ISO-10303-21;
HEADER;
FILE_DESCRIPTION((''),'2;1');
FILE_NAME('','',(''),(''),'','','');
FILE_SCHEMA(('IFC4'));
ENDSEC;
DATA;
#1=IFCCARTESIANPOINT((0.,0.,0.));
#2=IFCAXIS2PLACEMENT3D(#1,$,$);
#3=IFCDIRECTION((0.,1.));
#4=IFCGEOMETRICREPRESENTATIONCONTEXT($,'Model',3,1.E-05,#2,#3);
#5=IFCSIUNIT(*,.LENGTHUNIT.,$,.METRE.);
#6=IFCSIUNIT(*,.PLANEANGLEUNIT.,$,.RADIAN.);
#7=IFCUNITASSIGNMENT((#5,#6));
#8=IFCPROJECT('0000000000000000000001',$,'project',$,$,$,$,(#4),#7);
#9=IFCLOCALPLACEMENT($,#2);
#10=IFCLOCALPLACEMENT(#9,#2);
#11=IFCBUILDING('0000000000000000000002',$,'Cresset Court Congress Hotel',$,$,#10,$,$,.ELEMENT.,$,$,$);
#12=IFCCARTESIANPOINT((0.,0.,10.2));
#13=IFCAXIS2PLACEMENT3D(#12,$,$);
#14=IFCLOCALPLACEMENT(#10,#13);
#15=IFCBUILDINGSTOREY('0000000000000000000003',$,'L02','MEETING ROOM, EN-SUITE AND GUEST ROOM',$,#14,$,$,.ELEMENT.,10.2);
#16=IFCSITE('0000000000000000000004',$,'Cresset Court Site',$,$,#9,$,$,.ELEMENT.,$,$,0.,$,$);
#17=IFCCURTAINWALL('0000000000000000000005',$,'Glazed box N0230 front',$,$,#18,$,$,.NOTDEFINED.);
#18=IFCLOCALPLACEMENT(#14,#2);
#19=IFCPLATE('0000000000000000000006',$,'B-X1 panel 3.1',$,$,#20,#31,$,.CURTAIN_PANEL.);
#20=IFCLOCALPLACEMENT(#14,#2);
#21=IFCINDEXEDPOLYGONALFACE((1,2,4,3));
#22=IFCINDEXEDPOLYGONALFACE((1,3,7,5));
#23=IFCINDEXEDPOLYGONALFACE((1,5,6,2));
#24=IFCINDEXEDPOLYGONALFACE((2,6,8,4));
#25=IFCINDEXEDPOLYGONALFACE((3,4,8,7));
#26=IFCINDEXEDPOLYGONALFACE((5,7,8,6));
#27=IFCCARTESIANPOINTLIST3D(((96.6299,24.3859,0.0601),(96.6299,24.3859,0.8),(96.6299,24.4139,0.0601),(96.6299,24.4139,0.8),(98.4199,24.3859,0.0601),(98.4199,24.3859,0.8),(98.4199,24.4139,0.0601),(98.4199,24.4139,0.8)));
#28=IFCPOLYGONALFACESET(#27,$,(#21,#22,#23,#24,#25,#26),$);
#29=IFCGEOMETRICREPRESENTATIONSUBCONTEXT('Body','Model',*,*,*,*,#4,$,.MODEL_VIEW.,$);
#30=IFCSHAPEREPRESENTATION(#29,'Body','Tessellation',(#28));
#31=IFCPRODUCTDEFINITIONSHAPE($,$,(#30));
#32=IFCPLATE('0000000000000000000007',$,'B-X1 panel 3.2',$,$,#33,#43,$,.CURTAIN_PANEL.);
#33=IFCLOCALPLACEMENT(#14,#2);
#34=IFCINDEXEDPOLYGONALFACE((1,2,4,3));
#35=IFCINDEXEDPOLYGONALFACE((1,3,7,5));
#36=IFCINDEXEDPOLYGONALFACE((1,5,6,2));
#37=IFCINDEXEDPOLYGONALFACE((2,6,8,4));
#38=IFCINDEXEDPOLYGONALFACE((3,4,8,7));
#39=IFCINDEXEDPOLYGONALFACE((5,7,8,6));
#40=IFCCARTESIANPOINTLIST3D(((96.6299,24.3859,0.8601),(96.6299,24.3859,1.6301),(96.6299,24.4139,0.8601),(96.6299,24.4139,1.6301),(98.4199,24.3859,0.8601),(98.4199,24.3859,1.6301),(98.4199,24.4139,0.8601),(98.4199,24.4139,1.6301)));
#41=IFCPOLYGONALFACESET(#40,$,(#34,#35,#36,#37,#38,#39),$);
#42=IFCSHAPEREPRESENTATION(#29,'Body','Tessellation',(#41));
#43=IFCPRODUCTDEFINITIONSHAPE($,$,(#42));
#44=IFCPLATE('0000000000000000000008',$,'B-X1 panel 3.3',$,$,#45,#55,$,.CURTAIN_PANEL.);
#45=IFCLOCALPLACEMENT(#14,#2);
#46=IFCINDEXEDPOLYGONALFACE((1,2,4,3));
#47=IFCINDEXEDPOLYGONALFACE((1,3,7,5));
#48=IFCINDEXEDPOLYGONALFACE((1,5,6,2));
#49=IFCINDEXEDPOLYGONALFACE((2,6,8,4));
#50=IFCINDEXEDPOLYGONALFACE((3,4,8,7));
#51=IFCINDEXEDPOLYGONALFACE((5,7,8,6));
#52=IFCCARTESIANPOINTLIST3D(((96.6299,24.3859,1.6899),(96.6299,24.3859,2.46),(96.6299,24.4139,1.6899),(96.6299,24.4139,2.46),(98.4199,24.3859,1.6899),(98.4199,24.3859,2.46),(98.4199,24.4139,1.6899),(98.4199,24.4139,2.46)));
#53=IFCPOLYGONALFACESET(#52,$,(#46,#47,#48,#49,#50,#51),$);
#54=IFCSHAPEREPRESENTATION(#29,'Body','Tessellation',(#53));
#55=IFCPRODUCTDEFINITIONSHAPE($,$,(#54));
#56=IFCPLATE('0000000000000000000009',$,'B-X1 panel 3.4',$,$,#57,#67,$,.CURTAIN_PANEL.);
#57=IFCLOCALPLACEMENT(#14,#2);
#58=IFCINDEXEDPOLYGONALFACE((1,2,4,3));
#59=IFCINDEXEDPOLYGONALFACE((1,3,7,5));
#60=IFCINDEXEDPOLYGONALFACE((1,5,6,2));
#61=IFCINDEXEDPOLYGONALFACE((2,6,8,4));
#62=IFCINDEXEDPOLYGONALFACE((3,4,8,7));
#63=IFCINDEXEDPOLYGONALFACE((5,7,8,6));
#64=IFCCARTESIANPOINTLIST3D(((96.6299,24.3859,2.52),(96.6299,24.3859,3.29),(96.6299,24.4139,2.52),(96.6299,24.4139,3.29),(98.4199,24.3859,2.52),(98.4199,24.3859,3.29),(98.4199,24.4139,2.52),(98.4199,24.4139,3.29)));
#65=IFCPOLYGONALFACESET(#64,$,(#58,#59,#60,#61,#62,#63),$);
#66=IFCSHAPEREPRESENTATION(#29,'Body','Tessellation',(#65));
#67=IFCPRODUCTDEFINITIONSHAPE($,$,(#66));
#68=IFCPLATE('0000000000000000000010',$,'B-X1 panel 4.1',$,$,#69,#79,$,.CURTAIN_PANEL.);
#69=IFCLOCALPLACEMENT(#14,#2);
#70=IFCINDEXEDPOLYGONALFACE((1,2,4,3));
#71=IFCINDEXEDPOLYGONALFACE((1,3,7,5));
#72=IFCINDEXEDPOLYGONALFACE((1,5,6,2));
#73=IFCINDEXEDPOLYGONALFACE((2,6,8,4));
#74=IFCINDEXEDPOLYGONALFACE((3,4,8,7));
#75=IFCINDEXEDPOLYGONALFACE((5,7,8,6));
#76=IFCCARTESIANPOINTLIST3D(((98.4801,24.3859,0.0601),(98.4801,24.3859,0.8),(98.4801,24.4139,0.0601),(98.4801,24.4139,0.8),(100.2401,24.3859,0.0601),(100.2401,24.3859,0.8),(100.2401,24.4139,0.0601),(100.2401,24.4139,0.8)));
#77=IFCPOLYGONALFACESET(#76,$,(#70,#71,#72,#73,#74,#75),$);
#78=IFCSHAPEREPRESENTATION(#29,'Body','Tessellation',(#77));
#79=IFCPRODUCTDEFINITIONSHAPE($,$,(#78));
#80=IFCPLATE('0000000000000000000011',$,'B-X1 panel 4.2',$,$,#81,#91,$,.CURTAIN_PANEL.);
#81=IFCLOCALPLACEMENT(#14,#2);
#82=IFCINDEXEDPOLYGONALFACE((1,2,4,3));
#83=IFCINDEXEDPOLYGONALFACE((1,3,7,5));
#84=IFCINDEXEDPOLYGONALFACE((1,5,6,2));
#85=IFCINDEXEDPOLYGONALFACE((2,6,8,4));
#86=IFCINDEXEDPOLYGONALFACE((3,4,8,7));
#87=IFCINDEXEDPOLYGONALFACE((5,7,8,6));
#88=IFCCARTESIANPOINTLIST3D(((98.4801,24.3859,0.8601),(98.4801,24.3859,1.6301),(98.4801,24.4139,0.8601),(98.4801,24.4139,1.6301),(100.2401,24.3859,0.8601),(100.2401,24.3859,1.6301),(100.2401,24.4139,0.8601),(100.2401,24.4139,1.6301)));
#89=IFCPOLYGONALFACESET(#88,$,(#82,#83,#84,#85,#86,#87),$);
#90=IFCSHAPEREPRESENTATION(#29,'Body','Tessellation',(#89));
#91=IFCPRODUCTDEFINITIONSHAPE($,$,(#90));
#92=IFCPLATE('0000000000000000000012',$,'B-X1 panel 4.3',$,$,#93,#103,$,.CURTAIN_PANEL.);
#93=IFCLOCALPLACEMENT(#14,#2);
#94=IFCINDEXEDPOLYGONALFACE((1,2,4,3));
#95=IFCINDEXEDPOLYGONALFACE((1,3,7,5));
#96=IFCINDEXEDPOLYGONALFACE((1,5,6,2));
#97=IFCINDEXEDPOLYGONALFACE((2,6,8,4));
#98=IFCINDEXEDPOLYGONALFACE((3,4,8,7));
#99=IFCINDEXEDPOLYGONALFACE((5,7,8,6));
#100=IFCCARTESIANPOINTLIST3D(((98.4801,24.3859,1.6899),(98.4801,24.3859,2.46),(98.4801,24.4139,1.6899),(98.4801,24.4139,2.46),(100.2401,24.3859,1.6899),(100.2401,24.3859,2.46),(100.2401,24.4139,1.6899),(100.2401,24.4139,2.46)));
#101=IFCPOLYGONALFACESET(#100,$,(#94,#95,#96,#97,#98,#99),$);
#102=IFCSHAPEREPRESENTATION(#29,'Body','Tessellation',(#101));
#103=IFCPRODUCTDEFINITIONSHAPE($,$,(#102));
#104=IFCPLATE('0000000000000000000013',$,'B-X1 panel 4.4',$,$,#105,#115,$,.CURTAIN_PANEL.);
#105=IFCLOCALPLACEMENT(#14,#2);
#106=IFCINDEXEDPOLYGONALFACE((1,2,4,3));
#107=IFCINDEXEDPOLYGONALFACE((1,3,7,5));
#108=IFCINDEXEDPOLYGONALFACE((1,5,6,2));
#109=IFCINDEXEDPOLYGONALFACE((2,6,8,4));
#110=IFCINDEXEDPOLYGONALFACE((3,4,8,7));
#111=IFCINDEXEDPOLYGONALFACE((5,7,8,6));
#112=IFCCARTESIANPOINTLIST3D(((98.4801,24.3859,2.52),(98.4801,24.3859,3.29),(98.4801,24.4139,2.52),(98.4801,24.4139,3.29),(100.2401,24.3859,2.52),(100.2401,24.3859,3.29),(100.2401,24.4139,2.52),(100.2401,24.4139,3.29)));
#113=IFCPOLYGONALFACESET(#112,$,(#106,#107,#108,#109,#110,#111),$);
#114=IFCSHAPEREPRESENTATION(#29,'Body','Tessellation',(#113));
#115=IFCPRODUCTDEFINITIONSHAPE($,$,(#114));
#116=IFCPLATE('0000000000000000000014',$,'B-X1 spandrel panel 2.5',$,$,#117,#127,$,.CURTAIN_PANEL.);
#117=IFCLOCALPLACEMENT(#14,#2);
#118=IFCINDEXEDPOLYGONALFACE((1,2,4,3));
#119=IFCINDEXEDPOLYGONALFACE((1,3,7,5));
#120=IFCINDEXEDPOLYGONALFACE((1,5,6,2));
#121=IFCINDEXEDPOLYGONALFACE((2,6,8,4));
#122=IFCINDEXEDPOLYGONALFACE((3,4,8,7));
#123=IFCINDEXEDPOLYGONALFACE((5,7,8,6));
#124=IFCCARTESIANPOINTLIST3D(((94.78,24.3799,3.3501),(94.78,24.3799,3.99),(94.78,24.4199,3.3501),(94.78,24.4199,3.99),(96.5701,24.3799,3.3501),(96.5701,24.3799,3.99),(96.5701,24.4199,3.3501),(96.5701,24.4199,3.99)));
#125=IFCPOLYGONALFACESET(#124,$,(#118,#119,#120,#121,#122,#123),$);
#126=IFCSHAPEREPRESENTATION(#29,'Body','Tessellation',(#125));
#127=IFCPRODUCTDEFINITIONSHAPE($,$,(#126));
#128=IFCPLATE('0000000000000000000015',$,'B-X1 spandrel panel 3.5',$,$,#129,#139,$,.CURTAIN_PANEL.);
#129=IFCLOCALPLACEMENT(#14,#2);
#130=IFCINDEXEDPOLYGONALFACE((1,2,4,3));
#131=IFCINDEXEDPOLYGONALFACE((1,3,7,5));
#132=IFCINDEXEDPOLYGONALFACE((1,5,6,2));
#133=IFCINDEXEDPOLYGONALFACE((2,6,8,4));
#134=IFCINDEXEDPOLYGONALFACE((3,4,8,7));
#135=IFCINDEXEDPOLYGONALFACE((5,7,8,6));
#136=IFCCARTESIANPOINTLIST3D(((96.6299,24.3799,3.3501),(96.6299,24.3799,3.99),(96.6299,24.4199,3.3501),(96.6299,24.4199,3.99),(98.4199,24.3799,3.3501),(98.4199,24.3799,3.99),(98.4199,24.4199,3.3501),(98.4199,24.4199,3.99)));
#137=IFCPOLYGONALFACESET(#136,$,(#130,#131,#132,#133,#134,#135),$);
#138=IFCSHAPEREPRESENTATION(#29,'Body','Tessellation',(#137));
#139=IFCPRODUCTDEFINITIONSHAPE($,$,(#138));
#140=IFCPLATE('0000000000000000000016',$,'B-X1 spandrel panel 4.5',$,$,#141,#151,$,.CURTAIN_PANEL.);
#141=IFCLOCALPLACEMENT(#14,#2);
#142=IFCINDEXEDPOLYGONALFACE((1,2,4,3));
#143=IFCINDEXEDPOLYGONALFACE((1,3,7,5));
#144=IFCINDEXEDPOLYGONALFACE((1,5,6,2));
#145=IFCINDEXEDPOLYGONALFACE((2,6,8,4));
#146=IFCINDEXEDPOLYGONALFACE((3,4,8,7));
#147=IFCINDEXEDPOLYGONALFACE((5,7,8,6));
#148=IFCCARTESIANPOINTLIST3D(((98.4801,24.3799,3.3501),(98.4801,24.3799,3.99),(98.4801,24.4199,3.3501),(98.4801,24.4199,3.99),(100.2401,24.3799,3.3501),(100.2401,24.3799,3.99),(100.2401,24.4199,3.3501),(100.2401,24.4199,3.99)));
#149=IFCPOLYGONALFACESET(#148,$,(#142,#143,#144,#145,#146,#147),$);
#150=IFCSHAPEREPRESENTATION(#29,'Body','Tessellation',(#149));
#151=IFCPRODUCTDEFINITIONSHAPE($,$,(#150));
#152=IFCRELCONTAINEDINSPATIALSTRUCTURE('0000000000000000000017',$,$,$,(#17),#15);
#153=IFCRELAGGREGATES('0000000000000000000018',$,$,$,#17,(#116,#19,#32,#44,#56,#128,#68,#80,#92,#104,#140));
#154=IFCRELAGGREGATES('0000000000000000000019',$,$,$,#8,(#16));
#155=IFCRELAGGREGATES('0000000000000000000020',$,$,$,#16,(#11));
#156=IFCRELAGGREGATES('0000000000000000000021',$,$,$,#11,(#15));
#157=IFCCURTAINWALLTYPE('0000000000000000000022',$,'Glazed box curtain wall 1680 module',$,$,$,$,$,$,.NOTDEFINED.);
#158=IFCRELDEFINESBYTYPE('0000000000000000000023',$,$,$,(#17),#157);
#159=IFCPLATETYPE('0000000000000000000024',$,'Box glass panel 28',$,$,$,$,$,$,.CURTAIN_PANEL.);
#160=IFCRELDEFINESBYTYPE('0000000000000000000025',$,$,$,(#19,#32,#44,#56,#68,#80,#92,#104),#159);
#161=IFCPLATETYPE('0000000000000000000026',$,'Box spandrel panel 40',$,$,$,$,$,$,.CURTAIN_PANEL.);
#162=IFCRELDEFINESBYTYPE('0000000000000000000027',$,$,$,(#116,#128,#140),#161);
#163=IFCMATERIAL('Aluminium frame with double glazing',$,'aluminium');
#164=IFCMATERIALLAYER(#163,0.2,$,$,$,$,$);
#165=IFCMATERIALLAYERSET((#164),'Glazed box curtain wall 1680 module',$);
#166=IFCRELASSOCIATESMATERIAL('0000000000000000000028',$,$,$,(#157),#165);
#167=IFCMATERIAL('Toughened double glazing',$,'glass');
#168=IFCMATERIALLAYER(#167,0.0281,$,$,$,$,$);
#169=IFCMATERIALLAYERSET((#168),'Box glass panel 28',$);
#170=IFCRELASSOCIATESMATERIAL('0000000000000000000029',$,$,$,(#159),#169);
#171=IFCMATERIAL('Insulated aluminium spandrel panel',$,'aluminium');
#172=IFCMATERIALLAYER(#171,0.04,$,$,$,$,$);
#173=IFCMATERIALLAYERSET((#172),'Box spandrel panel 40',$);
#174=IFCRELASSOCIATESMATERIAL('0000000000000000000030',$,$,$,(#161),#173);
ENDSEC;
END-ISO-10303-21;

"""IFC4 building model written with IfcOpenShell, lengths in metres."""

from ifc_helpers import new_model, si_unit, direction, frame, origin, origin_2d, place, context, subcontext, project, spatial, rectangle, extrude, material, layer, layer_set, type_object, element, aggregate, save


model = new_model("IFC4")

# Units and contexts
model_context = context("Model", 3, precision=1e-05, world=origin(), true_north=direction((0.0, 1.0)))
body_context = subcontext(model_context, "Body", "Model", "MODEL_VIEW")
ifc_project = project(units=[si_unit("LENGTHUNIT", "METRE"), si_unit("PLANEANGLEUNIT", "RADIAN")], contexts=[model_context])

# Site, building, storey
site_placement = place(None, origin())
site = spatial("IfcSite", under=ifc_project, at=site_placement, Name="Cresset Court Site", CompositionType="ELEMENT", RefElevation=0.0)
building_placement = place(site_placement, origin())
building = spatial("IfcBuilding", under=site, at=building_placement, Name="Cresset Court Congress Hotel", CompositionType="ELEMENT")
storey_placement = place(building_placement, frame((0.0, 0.0, 10.2)))
storey = spatial("IfcBuildingStorey", under=building, at=storey_placement, Name="L02", Description="MEETING ROOM, EN-SUITE AND GUEST ROOM", CompositionType="ELEMENT", Elevation=10.2)

# Curtain wall, plates
ifc_material_1 = material(Name="Aluminium frame with double glazing", Category="aluminium")
ifc_layer_1 = layer(ifc_material_1, 0.2)
ifc_layer_set_1 = layer_set([ifc_layer_1], Name="Glazed box curtain wall 1680 module")
curtain_wall_type = type_object("IfcCurtainWallType", Name="Glazed box curtain wall 1680 module", PredefinedType="NOTDEFINED", material=ifc_layer_set_1)
curtain_wall_placement = place(storey_placement, origin())
curtain_wall = element("IfcCurtainWall", 1, at=curtain_wall_placement, inside=storey, type_object=curtain_wall_type, Name="Glazed box N0230 front", PredefinedType="NOTDEFINED")
ifc_material_2 = material(Name="Toughened double glazing", Category="glass")
ifc_layer_2 = layer(ifc_material_2, 0.0281)
ifc_layer_set_2 = layer_set([ifc_layer_2], Name="Box glass panel 28")
plate_type_1 = type_object("IfcPlateType", Name="Box glass panel 28", PredefinedType="CURTAIN_PANEL", material=ifc_layer_set_2)
plate_1_placement = place(storey_placement, frame((97.5249, 24.3999, 0.0601), z_axis=(0.0, 0.0, 1.0), x_axis=(1.0, 0.0, 0.0)))
plate_1 = element("IfcPlate", 2, at=plate_1_placement, type_object=plate_type_1, Name="B-X1 panel 3.1", PredefinedType="CURTAIN_PANEL", context=body_context, shape_type="SweptSolid", body=[
    extrude(rectangle(XDim=1.79, YDim=0.0281, at=origin_2d()), origin(), (0.0, 0.0, 1.0), 0.74),
])
plate_2_placement = place(storey_placement, frame((97.5249, 24.3999, 0.8601), z_axis=(0.0, 0.0, 1.0), x_axis=(1.0, 0.0, 0.0)))
plate_2 = element("IfcPlate", 3, at=plate_2_placement, type_object=plate_type_1, Name="B-X1 panel 3.2", PredefinedType="CURTAIN_PANEL", context=body_context, shape_type="SweptSolid", body=[
    extrude(rectangle(XDim=1.79, YDim=0.0281, at=origin_2d()), origin(), (0.0, 0.0, 1.0), 0.77),
])
plate_3_placement = place(storey_placement, frame((97.5249, 24.3999, 1.6899), z_axis=(0.0, 0.0, 1.0), x_axis=(1.0, 0.0, 0.0)))
plate_3 = element("IfcPlate", 4, at=plate_3_placement, type_object=plate_type_1, Name="B-X1 panel 3.3", PredefinedType="CURTAIN_PANEL", context=body_context, shape_type="SweptSolid", body=[
    extrude(rectangle(XDim=1.79, YDim=0.0281, at=origin_2d()), origin(), (0.0, 0.0, 1.0), 0.77),
])
plate_4_placement = place(storey_placement, frame((97.5249, 24.3999, 2.52), z_axis=(0.0, 0.0, 1.0), x_axis=(1.0, 0.0, 0.0)))
plate_4 = element("IfcPlate", 5, at=plate_4_placement, type_object=plate_type_1, Name="B-X1 panel 3.4", PredefinedType="CURTAIN_PANEL", context=body_context, shape_type="SweptSolid", body=[
    extrude(rectangle(XDim=1.79, YDim=0.0281, at=origin_2d()), origin(), (0.0, 0.0, 1.0), 0.77),
])
plate_5_placement = place(storey_placement, frame((99.3601, 24.3999, 0.0601), z_axis=(0.0, 0.0, 1.0), x_axis=(1.0, 0.0, 0.0)))
plate_5 = element("IfcPlate", 6, at=plate_5_placement, type_object=plate_type_1, Name="B-X1 panel 4.1", PredefinedType="CURTAIN_PANEL", context=body_context, shape_type="SweptSolid", body=[
    extrude(rectangle(XDim=1.76, YDim=0.0281, at=origin_2d()), origin(), (0.0, 0.0, 1.0), 0.74),
])
plate_6_placement = place(storey_placement, frame((99.3601, 24.3999, 0.8601), z_axis=(0.0, 0.0, 1.0), x_axis=(1.0, 0.0, 0.0)))
plate_6 = element("IfcPlate", 7, at=plate_6_placement, type_object=plate_type_1, Name="B-X1 panel 4.2", PredefinedType="CURTAIN_PANEL", context=body_context, shape_type="SweptSolid", body=[
    extrude(rectangle(XDim=1.76, YDim=0.0281, at=origin_2d()), origin(), (0.0, 0.0, 1.0), 0.77),
])
plate_7_placement = place(storey_placement, frame((99.3601, 24.3999, 1.6899), z_axis=(0.0, 0.0, 1.0), x_axis=(1.0, 0.0, 0.0)))
plate_7 = element("IfcPlate", 8, at=plate_7_placement, type_object=plate_type_1, Name="B-X1 panel 4.3", PredefinedType="CURTAIN_PANEL", context=body_context, shape_type="SweptSolid", body=[
    extrude(rectangle(XDim=1.76, YDim=0.0281, at=origin_2d()), origin(), (0.0, 0.0, 1.0), 0.77),
])
plate_8_placement = place(storey_placement, frame((99.3601, 24.3999, 2.52), z_axis=(0.0, 0.0, 1.0), x_axis=(1.0, 0.0, 0.0)))
plate_8 = element("IfcPlate", 9, at=plate_8_placement, type_object=plate_type_1, Name="B-X1 panel 4.4", PredefinedType="CURTAIN_PANEL", context=body_context, shape_type="SweptSolid", body=[
    extrude(rectangle(XDim=1.76, YDim=0.0281, at=origin_2d()), origin(), (0.0, 0.0, 1.0), 0.77),
])
ifc_material_3 = material(Name="Insulated aluminium spandrel panel", Category="aluminium")
ifc_layer_3 = layer(ifc_material_3, 0.04)
ifc_layer_set_3 = layer_set([ifc_layer_3], Name="Box spandrel panel 40")
plate_type_2 = type_object("IfcPlateType", Name="Box spandrel panel 40", PredefinedType="CURTAIN_PANEL", material=ifc_layer_set_3)
plate_9_placement = place(storey_placement, frame((95.675, 24.3999, 3.3501), z_axis=(0.0, 0.0, 1.0), x_axis=(1.0, 0.0, 0.0)))
plate_9 = element("IfcPlate", 10, at=plate_9_placement, type_object=plate_type_2, Name="B-X1 spandrel panel 2.5", PredefinedType="CURTAIN_PANEL", context=body_context, shape_type="SweptSolid", body=[
    extrude(rectangle(XDim=1.79, YDim=0.04, at=origin_2d()), origin(), (0.0, 0.0, 1.0), 0.6399),
])
plate_10_placement = place(storey_placement, frame((97.5249, 24.3999, 3.3501), z_axis=(0.0, 0.0, 1.0), x_axis=(1.0, 0.0, 0.0)))
plate_10 = element("IfcPlate", 11, at=plate_10_placement, type_object=plate_type_2, Name="B-X1 spandrel panel 3.5", PredefinedType="CURTAIN_PANEL", context=body_context, shape_type="SweptSolid", body=[
    extrude(rectangle(XDim=1.79, YDim=0.04, at=origin_2d()), origin(), (0.0, 0.0, 1.0), 0.6399),
])
plate_11_placement = place(storey_placement, frame((99.3601, 24.3999, 3.3501), z_axis=(0.0, 0.0, 1.0), x_axis=(1.0, 0.0, 0.0)))
plate_11 = element("IfcPlate", 12, at=plate_11_placement, type_object=plate_type_2, Name="B-X1 spandrel panel 4.5", PredefinedType="CURTAIN_PANEL", context=body_context, shape_type="SweptSolid", body=[
    extrude(rectangle(XDim=1.76, YDim=0.04, at=origin_2d()), origin(), (0.0, 0.0, 1.0), 0.6399),
])
aggregate(curtain_wall, [plate_9, plate_1, plate_2, plate_3, plate_4, plate_10, plate_5, plate_6, plate_7, plate_8, plate_11])

save(model, "model.ifc")
